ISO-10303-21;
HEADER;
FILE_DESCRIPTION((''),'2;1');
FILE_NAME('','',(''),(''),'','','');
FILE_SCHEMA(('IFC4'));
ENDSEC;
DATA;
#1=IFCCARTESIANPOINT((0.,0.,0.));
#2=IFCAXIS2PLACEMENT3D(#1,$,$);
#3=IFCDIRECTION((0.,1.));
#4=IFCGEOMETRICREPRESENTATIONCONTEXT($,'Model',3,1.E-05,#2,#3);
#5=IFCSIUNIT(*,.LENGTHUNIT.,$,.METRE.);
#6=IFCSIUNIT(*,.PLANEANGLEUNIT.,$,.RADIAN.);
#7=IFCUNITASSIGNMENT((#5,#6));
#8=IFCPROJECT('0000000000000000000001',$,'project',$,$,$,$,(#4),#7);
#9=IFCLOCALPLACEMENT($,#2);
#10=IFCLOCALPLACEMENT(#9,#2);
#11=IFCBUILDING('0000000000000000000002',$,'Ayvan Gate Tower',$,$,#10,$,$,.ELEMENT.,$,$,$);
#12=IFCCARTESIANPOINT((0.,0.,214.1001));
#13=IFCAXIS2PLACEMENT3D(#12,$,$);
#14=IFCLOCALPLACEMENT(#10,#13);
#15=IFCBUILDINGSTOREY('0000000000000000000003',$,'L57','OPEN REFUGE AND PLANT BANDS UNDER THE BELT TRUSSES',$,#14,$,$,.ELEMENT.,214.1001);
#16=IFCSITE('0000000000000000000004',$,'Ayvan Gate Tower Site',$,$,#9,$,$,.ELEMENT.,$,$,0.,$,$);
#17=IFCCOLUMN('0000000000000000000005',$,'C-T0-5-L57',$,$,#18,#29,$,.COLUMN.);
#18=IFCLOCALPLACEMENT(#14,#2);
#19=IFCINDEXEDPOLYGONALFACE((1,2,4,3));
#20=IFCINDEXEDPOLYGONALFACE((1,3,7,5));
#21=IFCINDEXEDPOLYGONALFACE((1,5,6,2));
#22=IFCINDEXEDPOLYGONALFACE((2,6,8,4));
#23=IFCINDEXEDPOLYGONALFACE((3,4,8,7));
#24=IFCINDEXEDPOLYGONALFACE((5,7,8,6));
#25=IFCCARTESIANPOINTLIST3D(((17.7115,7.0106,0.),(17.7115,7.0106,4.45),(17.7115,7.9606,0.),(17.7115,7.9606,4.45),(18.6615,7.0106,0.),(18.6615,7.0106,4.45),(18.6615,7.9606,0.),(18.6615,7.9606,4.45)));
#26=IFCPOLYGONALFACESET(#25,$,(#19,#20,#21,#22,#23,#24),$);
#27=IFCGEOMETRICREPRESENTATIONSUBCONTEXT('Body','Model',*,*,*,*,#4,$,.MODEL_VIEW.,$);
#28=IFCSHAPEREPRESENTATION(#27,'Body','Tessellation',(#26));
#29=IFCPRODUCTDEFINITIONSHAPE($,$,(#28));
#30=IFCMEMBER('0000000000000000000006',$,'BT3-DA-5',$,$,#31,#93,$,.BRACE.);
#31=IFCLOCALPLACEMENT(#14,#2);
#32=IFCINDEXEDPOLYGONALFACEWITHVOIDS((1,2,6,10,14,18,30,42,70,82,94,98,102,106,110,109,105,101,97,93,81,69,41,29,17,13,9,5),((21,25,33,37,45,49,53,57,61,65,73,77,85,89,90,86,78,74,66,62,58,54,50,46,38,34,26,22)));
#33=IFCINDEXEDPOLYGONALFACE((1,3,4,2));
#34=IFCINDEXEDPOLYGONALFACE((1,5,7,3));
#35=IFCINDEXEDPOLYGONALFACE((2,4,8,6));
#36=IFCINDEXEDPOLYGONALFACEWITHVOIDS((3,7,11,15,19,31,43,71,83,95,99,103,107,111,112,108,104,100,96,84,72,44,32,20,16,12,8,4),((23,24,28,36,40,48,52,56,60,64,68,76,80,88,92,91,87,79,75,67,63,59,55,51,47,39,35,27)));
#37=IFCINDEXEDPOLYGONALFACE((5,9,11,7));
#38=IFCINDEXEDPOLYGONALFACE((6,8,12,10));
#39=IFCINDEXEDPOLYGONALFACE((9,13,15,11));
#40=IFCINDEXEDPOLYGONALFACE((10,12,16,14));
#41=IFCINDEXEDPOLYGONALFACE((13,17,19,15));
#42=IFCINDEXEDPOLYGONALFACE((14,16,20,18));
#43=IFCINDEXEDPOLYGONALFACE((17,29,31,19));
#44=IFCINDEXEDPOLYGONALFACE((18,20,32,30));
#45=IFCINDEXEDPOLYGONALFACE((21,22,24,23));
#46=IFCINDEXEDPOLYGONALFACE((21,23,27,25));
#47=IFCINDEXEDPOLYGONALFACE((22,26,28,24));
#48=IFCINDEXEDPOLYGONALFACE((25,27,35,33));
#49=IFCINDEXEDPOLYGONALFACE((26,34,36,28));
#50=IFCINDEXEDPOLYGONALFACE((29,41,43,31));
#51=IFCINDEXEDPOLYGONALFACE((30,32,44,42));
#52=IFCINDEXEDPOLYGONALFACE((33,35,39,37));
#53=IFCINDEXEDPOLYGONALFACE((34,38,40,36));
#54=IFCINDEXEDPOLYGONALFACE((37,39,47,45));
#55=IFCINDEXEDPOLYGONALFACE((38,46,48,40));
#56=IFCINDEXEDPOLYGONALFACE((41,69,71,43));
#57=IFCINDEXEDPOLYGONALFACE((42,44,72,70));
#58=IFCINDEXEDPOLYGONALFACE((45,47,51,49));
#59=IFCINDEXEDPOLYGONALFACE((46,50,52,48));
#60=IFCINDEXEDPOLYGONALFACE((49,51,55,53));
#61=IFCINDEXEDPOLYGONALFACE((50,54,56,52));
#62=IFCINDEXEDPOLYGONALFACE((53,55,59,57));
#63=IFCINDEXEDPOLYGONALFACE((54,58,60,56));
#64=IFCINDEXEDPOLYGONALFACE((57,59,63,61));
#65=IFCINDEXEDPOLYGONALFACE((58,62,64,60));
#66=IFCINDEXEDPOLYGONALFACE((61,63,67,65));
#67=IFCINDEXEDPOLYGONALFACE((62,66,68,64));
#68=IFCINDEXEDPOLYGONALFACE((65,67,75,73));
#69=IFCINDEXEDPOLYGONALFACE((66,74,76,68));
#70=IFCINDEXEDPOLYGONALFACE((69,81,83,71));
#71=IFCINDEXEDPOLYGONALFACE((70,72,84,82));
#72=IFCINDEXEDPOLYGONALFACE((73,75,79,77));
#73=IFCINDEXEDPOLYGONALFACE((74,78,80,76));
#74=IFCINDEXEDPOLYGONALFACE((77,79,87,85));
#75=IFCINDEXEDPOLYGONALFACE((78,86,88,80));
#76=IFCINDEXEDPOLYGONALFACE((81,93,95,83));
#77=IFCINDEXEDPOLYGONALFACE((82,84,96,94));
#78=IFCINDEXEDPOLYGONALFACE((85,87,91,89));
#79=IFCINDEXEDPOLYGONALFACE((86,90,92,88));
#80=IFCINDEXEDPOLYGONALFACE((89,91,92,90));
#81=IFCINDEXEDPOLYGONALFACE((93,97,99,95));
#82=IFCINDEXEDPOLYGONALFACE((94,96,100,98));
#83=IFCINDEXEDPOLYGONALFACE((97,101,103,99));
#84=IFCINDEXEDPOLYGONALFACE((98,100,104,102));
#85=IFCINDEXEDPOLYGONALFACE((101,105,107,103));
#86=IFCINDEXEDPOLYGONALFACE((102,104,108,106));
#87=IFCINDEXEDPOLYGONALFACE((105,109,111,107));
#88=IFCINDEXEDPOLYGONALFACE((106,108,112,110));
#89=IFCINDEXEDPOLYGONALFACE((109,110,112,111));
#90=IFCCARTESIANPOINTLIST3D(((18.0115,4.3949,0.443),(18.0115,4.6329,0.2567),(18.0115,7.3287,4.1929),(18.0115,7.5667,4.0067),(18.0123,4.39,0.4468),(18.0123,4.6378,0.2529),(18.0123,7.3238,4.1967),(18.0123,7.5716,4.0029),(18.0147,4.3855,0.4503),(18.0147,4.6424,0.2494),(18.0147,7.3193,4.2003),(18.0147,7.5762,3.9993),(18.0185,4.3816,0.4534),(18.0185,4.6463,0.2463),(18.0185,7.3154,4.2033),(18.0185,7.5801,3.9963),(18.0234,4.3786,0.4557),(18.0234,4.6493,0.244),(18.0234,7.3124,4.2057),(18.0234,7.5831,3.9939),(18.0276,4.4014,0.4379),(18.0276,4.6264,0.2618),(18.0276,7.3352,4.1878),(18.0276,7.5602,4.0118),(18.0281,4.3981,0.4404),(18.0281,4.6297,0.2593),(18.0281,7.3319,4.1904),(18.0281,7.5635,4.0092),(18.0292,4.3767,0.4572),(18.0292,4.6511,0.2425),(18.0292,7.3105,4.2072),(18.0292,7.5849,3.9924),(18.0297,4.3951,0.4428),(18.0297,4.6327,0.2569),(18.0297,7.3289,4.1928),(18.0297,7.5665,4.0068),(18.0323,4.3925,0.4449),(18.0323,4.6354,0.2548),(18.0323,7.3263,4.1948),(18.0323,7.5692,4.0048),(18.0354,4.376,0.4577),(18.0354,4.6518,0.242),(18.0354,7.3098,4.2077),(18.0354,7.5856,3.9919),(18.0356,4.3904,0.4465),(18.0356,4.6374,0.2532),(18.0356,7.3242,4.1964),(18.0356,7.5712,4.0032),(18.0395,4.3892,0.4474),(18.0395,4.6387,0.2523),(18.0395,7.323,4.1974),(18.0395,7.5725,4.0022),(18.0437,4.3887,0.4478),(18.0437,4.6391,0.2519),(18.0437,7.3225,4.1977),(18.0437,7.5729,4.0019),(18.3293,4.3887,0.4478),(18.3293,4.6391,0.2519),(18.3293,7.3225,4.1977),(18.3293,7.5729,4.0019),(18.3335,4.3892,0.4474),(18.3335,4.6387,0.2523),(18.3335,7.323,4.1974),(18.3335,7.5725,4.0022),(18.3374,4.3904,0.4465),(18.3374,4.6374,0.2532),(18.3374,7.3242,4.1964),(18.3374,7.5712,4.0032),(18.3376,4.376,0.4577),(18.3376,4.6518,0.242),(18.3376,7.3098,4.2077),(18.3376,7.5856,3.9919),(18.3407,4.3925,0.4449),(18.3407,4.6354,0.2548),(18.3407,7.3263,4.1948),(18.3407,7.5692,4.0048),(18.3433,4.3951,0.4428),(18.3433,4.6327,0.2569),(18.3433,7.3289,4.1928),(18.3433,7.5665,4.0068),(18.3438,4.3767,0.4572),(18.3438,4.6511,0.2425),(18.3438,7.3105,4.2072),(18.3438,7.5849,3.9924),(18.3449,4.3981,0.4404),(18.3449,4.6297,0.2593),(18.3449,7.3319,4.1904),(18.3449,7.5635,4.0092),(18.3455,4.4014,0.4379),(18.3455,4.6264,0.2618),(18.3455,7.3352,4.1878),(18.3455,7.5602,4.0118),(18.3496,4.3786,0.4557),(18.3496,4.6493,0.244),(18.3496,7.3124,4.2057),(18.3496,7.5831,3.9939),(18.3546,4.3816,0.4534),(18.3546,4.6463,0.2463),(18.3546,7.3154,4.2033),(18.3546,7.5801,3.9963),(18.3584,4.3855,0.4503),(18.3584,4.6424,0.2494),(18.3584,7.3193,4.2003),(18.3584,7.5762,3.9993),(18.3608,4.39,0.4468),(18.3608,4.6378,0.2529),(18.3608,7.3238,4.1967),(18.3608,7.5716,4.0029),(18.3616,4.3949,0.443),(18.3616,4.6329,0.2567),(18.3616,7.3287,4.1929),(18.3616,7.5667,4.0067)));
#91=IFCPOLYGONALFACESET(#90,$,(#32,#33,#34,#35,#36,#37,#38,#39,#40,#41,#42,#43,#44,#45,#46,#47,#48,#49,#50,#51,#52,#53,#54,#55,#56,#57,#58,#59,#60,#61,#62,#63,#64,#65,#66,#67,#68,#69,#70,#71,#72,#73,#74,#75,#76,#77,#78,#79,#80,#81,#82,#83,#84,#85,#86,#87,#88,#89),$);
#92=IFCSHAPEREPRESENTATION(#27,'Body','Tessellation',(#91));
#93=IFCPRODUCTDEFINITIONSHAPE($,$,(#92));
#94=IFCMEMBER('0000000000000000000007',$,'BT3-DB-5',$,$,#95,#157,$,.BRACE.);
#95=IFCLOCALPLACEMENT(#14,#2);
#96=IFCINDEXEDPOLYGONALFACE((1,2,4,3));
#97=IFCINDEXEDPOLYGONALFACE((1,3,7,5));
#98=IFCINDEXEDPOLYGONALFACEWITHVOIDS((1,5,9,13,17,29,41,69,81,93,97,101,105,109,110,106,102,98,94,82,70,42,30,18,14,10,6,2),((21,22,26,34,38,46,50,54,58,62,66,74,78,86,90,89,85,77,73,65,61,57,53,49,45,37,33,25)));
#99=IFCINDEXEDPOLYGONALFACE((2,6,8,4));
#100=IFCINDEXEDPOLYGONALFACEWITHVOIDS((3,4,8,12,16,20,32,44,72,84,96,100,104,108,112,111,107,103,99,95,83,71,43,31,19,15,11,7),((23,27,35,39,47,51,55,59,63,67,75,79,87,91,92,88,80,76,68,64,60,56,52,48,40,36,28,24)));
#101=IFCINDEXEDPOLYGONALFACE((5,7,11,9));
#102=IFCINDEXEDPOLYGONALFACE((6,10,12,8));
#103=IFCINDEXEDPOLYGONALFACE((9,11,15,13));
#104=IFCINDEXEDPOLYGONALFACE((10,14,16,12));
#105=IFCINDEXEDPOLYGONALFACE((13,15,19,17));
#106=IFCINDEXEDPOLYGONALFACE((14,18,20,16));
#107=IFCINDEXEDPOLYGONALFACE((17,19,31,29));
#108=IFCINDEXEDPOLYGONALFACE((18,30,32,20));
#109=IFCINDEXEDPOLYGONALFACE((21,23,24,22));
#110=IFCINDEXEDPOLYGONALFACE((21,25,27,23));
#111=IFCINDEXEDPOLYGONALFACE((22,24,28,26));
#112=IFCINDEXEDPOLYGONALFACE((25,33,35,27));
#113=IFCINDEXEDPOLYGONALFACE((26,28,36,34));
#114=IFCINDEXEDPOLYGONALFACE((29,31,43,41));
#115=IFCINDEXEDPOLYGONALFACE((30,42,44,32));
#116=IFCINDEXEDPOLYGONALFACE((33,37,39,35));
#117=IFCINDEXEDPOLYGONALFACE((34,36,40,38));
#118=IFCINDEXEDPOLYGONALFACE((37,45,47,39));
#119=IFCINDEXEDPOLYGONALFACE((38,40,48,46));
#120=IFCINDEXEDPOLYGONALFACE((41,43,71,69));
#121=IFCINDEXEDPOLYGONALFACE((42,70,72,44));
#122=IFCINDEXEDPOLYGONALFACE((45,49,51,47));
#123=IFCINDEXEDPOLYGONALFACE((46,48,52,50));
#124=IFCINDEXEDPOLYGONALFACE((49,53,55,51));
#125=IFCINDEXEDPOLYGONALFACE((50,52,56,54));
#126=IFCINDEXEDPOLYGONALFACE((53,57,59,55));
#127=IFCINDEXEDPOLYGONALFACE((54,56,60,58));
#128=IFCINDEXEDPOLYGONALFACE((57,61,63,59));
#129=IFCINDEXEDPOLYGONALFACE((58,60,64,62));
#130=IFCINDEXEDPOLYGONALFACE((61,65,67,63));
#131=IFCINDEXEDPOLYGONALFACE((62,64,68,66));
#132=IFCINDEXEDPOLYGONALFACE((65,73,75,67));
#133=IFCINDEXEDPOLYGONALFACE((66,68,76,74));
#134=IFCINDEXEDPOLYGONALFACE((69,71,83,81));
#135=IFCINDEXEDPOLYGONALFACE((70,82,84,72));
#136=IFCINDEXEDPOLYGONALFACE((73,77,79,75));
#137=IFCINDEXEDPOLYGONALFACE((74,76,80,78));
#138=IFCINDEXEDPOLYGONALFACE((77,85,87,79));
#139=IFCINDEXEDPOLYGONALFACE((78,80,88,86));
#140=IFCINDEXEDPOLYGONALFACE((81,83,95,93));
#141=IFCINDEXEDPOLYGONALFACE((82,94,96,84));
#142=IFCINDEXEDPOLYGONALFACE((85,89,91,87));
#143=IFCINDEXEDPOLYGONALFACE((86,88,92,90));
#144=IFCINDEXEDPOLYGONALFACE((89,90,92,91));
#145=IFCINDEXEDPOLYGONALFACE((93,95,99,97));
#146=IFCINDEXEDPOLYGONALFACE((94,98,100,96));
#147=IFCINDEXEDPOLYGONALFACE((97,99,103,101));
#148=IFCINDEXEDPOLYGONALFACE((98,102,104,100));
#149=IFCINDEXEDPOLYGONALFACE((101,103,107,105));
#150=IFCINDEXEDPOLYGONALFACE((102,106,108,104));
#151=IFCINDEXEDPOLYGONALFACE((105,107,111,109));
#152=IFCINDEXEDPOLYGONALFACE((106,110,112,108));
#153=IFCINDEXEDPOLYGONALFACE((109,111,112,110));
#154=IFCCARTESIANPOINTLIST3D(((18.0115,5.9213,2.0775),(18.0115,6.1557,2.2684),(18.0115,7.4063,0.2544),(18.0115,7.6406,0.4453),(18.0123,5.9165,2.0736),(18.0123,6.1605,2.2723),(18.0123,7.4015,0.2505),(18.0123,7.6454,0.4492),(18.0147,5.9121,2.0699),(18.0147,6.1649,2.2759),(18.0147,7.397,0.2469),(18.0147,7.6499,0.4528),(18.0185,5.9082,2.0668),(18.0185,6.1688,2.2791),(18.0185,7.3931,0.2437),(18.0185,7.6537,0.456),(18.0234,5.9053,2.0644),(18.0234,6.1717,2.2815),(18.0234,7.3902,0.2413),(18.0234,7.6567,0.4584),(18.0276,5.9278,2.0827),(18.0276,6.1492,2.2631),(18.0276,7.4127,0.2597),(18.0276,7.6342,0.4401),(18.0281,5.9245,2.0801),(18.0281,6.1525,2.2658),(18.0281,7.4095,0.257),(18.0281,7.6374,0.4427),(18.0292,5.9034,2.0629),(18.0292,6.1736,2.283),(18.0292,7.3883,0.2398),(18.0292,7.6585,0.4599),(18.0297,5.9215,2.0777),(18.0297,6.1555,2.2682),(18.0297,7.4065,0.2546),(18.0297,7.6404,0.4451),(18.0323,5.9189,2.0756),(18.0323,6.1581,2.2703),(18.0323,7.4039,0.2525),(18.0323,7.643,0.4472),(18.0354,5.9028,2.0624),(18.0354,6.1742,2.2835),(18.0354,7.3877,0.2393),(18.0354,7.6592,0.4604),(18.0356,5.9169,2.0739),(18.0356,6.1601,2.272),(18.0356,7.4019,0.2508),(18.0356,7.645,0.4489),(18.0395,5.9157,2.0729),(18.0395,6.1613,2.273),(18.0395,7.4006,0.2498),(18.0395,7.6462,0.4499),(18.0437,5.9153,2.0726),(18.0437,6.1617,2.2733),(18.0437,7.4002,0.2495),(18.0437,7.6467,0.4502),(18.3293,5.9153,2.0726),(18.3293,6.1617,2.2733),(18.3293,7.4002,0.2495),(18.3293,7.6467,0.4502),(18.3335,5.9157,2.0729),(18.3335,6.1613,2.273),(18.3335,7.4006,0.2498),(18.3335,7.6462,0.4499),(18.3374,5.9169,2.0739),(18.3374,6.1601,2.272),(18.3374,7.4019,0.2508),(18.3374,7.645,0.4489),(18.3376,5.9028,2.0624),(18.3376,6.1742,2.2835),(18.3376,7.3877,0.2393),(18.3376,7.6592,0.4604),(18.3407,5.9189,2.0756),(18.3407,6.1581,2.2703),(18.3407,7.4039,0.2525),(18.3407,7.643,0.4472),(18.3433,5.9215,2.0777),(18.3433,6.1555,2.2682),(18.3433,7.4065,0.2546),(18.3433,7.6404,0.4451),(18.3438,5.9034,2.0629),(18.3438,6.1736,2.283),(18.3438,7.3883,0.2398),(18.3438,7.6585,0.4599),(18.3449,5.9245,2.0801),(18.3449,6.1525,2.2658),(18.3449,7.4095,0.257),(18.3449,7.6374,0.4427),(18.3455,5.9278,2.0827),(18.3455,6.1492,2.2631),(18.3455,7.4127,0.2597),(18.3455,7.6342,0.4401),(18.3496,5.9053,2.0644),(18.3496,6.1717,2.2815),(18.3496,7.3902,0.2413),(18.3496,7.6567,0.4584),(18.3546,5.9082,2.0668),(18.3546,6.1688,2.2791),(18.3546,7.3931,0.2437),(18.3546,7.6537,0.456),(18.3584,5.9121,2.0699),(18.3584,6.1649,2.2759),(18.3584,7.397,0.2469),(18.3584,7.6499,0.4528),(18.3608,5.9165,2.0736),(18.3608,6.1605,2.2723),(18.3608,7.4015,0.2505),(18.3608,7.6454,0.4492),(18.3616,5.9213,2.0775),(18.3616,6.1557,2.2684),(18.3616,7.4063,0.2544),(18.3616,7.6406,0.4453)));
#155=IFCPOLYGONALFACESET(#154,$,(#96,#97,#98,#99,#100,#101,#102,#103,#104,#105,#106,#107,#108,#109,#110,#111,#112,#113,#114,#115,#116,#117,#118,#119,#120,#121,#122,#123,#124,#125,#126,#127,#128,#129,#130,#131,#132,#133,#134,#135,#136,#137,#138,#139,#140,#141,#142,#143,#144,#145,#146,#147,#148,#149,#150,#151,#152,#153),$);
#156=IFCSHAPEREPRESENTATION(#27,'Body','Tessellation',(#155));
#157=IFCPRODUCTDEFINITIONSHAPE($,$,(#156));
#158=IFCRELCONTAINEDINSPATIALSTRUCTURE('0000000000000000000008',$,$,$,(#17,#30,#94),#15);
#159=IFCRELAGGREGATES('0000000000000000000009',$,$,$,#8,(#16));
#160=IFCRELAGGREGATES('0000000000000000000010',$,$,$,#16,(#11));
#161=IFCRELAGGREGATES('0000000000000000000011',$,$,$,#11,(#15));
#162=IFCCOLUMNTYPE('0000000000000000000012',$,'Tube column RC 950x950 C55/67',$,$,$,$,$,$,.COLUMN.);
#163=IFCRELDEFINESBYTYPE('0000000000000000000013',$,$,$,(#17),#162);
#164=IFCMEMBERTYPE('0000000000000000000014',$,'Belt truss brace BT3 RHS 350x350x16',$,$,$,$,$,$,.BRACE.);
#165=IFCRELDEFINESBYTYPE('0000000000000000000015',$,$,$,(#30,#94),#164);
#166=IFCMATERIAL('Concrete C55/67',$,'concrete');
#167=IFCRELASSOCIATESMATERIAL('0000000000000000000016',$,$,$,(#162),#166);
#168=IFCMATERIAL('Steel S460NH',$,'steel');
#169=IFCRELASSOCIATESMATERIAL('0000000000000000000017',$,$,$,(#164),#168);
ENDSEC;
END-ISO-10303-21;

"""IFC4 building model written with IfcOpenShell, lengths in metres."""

from ifc_helpers import new_model, si_unit, direction, frame, origin, origin_2d, place, context, subcontext, project, spatial, rectangle, hollow_rectangle, extrude, material, material_profile, profile_set, type_object, element, save


model = new_model("IFC4")

# Units and contexts
model_context = context("Model", 3, precision=1e-05, world=origin(), true_north=direction((0.0, 1.0)))
body_context = subcontext(model_context, "Body", "Model", "MODEL_VIEW")
ifc_project = project(units=[si_unit("LENGTHUNIT", "METRE"), si_unit("PLANEANGLEUNIT", "RADIAN")], contexts=[model_context])

# Site, building, storey
site_placement = place(None, origin())
site = spatial("IfcSite", under=ifc_project, at=site_placement, Name="Ayvan Gate Tower Site", CompositionType="ELEMENT", RefElevation=0.0)
building_placement = place(site_placement, origin())
building = spatial("IfcBuilding", under=site, at=building_placement, Name="Ayvan Gate Tower", CompositionType="ELEMENT")
storey_placement = place(building_placement, frame((0.0, 0.0, 214.1001)))
storey = spatial("IfcBuildingStorey", under=building, at=storey_placement, Name="L57", Description="OPEN REFUGE AND PLANT BANDS UNDER THE BELT TRUSSES", CompositionType="ELEMENT", Elevation=214.1001)

# Column
ifc_material_1 = material(Name="Concrete C55/67", Category="concrete")
ifc_material_profile_1 = material_profile(ifc_material_1, rectangle(XDim=0.95, YDim=0.95, at=origin_2d()), Name="RC 950x950")
ifc_profile_set_1 = profile_set([ifc_material_profile_1], Name="Concrete C55/67")
column_type = type_object("IfcColumnType", Name="Tube column RC 950x950 C55/67", PredefinedType="COLUMN", material=ifc_profile_set_1)
column_placement = place(storey_placement, frame((18.1865, 7.4856, 0.0), z_axis=(0.0, 0.0, 1.0), x_axis=(1.0, 0.0, 0.0)))
element("IfcColumn", 1, at=column_placement, inside=storey, type_object=column_type, Name="C-T0-5-L57", PredefinedType="COLUMN", context=body_context, shape_type="SweptSolid", body=[
    extrude(rectangle(XDim=0.95, YDim=0.95, at=origin_2d()), origin(), (0.0, 0.0, 1.0), 4.45),
])

# Members
ifc_material_2 = material(Name="Steel S460NH", Category="steel")
ifc_material_profile_2 = material_profile(ifc_material_2, hollow_rectangle(XDim=0.3501, YDim=0.3501, WallThickness=0.0161, InnerFilletRadius=0.0161, OuterFilletRadius=0.0239, at=origin_2d()), Name="RHS 350x350x16")
ifc_profile_set_2 = profile_set([ifc_material_profile_2], Name="Steel S460NH")
member_type_1 = type_object("IfcMemberType", Name="Belt truss brace BT3 RHS 350x350x16", PredefinedType="BRACE", material=ifc_profile_set_2)
member_1_placement = place(storey_placement, frame((18.1865, 4.5139, 0.3499), z_axis=(0.0, 0.616185, 0.787601), x_axis=(-1.0, 0.0, 0.0)))
element("IfcMember", 2, at=member_1_placement, inside=storey, type_object=member_type_1, Name="BT3-DA-5", PredefinedType="BRACE", context=body_context, shape_type="SweptSolid", body=[
    extrude(hollow_rectangle(XDim=0.3501, YDim=0.3501, WallThickness=0.0161, InnerFilletRadius=0.0161, OuterFilletRadius=0.0239, at=origin_2d()), origin(), (0.0, 0.0, 1.0), 4.7612),
])
member_2_placement = place(storey_placement, frame((18.1865, 7.5234, 0.3499), z_axis=(0.0, -0.631534, 0.775348), x_axis=(1.0, 0.0, 0.0)))
element("IfcMember", 3, at=member_2_placement, inside=storey, type_object=member_type_1, Name="BT3-DB-5", PredefinedType="BRACE", context=body_context, shape_type="SweptSolid", body=[
    extrude(hollow_rectangle(XDim=0.3501, YDim=0.3501, WallThickness=0.0161, InnerFilletRadius=0.0161, OuterFilletRadius=0.0239, at=origin_2d()), origin(), (0.0, 0.0, 1.0), 2.3513),
])

save(model, "model.ifc")
